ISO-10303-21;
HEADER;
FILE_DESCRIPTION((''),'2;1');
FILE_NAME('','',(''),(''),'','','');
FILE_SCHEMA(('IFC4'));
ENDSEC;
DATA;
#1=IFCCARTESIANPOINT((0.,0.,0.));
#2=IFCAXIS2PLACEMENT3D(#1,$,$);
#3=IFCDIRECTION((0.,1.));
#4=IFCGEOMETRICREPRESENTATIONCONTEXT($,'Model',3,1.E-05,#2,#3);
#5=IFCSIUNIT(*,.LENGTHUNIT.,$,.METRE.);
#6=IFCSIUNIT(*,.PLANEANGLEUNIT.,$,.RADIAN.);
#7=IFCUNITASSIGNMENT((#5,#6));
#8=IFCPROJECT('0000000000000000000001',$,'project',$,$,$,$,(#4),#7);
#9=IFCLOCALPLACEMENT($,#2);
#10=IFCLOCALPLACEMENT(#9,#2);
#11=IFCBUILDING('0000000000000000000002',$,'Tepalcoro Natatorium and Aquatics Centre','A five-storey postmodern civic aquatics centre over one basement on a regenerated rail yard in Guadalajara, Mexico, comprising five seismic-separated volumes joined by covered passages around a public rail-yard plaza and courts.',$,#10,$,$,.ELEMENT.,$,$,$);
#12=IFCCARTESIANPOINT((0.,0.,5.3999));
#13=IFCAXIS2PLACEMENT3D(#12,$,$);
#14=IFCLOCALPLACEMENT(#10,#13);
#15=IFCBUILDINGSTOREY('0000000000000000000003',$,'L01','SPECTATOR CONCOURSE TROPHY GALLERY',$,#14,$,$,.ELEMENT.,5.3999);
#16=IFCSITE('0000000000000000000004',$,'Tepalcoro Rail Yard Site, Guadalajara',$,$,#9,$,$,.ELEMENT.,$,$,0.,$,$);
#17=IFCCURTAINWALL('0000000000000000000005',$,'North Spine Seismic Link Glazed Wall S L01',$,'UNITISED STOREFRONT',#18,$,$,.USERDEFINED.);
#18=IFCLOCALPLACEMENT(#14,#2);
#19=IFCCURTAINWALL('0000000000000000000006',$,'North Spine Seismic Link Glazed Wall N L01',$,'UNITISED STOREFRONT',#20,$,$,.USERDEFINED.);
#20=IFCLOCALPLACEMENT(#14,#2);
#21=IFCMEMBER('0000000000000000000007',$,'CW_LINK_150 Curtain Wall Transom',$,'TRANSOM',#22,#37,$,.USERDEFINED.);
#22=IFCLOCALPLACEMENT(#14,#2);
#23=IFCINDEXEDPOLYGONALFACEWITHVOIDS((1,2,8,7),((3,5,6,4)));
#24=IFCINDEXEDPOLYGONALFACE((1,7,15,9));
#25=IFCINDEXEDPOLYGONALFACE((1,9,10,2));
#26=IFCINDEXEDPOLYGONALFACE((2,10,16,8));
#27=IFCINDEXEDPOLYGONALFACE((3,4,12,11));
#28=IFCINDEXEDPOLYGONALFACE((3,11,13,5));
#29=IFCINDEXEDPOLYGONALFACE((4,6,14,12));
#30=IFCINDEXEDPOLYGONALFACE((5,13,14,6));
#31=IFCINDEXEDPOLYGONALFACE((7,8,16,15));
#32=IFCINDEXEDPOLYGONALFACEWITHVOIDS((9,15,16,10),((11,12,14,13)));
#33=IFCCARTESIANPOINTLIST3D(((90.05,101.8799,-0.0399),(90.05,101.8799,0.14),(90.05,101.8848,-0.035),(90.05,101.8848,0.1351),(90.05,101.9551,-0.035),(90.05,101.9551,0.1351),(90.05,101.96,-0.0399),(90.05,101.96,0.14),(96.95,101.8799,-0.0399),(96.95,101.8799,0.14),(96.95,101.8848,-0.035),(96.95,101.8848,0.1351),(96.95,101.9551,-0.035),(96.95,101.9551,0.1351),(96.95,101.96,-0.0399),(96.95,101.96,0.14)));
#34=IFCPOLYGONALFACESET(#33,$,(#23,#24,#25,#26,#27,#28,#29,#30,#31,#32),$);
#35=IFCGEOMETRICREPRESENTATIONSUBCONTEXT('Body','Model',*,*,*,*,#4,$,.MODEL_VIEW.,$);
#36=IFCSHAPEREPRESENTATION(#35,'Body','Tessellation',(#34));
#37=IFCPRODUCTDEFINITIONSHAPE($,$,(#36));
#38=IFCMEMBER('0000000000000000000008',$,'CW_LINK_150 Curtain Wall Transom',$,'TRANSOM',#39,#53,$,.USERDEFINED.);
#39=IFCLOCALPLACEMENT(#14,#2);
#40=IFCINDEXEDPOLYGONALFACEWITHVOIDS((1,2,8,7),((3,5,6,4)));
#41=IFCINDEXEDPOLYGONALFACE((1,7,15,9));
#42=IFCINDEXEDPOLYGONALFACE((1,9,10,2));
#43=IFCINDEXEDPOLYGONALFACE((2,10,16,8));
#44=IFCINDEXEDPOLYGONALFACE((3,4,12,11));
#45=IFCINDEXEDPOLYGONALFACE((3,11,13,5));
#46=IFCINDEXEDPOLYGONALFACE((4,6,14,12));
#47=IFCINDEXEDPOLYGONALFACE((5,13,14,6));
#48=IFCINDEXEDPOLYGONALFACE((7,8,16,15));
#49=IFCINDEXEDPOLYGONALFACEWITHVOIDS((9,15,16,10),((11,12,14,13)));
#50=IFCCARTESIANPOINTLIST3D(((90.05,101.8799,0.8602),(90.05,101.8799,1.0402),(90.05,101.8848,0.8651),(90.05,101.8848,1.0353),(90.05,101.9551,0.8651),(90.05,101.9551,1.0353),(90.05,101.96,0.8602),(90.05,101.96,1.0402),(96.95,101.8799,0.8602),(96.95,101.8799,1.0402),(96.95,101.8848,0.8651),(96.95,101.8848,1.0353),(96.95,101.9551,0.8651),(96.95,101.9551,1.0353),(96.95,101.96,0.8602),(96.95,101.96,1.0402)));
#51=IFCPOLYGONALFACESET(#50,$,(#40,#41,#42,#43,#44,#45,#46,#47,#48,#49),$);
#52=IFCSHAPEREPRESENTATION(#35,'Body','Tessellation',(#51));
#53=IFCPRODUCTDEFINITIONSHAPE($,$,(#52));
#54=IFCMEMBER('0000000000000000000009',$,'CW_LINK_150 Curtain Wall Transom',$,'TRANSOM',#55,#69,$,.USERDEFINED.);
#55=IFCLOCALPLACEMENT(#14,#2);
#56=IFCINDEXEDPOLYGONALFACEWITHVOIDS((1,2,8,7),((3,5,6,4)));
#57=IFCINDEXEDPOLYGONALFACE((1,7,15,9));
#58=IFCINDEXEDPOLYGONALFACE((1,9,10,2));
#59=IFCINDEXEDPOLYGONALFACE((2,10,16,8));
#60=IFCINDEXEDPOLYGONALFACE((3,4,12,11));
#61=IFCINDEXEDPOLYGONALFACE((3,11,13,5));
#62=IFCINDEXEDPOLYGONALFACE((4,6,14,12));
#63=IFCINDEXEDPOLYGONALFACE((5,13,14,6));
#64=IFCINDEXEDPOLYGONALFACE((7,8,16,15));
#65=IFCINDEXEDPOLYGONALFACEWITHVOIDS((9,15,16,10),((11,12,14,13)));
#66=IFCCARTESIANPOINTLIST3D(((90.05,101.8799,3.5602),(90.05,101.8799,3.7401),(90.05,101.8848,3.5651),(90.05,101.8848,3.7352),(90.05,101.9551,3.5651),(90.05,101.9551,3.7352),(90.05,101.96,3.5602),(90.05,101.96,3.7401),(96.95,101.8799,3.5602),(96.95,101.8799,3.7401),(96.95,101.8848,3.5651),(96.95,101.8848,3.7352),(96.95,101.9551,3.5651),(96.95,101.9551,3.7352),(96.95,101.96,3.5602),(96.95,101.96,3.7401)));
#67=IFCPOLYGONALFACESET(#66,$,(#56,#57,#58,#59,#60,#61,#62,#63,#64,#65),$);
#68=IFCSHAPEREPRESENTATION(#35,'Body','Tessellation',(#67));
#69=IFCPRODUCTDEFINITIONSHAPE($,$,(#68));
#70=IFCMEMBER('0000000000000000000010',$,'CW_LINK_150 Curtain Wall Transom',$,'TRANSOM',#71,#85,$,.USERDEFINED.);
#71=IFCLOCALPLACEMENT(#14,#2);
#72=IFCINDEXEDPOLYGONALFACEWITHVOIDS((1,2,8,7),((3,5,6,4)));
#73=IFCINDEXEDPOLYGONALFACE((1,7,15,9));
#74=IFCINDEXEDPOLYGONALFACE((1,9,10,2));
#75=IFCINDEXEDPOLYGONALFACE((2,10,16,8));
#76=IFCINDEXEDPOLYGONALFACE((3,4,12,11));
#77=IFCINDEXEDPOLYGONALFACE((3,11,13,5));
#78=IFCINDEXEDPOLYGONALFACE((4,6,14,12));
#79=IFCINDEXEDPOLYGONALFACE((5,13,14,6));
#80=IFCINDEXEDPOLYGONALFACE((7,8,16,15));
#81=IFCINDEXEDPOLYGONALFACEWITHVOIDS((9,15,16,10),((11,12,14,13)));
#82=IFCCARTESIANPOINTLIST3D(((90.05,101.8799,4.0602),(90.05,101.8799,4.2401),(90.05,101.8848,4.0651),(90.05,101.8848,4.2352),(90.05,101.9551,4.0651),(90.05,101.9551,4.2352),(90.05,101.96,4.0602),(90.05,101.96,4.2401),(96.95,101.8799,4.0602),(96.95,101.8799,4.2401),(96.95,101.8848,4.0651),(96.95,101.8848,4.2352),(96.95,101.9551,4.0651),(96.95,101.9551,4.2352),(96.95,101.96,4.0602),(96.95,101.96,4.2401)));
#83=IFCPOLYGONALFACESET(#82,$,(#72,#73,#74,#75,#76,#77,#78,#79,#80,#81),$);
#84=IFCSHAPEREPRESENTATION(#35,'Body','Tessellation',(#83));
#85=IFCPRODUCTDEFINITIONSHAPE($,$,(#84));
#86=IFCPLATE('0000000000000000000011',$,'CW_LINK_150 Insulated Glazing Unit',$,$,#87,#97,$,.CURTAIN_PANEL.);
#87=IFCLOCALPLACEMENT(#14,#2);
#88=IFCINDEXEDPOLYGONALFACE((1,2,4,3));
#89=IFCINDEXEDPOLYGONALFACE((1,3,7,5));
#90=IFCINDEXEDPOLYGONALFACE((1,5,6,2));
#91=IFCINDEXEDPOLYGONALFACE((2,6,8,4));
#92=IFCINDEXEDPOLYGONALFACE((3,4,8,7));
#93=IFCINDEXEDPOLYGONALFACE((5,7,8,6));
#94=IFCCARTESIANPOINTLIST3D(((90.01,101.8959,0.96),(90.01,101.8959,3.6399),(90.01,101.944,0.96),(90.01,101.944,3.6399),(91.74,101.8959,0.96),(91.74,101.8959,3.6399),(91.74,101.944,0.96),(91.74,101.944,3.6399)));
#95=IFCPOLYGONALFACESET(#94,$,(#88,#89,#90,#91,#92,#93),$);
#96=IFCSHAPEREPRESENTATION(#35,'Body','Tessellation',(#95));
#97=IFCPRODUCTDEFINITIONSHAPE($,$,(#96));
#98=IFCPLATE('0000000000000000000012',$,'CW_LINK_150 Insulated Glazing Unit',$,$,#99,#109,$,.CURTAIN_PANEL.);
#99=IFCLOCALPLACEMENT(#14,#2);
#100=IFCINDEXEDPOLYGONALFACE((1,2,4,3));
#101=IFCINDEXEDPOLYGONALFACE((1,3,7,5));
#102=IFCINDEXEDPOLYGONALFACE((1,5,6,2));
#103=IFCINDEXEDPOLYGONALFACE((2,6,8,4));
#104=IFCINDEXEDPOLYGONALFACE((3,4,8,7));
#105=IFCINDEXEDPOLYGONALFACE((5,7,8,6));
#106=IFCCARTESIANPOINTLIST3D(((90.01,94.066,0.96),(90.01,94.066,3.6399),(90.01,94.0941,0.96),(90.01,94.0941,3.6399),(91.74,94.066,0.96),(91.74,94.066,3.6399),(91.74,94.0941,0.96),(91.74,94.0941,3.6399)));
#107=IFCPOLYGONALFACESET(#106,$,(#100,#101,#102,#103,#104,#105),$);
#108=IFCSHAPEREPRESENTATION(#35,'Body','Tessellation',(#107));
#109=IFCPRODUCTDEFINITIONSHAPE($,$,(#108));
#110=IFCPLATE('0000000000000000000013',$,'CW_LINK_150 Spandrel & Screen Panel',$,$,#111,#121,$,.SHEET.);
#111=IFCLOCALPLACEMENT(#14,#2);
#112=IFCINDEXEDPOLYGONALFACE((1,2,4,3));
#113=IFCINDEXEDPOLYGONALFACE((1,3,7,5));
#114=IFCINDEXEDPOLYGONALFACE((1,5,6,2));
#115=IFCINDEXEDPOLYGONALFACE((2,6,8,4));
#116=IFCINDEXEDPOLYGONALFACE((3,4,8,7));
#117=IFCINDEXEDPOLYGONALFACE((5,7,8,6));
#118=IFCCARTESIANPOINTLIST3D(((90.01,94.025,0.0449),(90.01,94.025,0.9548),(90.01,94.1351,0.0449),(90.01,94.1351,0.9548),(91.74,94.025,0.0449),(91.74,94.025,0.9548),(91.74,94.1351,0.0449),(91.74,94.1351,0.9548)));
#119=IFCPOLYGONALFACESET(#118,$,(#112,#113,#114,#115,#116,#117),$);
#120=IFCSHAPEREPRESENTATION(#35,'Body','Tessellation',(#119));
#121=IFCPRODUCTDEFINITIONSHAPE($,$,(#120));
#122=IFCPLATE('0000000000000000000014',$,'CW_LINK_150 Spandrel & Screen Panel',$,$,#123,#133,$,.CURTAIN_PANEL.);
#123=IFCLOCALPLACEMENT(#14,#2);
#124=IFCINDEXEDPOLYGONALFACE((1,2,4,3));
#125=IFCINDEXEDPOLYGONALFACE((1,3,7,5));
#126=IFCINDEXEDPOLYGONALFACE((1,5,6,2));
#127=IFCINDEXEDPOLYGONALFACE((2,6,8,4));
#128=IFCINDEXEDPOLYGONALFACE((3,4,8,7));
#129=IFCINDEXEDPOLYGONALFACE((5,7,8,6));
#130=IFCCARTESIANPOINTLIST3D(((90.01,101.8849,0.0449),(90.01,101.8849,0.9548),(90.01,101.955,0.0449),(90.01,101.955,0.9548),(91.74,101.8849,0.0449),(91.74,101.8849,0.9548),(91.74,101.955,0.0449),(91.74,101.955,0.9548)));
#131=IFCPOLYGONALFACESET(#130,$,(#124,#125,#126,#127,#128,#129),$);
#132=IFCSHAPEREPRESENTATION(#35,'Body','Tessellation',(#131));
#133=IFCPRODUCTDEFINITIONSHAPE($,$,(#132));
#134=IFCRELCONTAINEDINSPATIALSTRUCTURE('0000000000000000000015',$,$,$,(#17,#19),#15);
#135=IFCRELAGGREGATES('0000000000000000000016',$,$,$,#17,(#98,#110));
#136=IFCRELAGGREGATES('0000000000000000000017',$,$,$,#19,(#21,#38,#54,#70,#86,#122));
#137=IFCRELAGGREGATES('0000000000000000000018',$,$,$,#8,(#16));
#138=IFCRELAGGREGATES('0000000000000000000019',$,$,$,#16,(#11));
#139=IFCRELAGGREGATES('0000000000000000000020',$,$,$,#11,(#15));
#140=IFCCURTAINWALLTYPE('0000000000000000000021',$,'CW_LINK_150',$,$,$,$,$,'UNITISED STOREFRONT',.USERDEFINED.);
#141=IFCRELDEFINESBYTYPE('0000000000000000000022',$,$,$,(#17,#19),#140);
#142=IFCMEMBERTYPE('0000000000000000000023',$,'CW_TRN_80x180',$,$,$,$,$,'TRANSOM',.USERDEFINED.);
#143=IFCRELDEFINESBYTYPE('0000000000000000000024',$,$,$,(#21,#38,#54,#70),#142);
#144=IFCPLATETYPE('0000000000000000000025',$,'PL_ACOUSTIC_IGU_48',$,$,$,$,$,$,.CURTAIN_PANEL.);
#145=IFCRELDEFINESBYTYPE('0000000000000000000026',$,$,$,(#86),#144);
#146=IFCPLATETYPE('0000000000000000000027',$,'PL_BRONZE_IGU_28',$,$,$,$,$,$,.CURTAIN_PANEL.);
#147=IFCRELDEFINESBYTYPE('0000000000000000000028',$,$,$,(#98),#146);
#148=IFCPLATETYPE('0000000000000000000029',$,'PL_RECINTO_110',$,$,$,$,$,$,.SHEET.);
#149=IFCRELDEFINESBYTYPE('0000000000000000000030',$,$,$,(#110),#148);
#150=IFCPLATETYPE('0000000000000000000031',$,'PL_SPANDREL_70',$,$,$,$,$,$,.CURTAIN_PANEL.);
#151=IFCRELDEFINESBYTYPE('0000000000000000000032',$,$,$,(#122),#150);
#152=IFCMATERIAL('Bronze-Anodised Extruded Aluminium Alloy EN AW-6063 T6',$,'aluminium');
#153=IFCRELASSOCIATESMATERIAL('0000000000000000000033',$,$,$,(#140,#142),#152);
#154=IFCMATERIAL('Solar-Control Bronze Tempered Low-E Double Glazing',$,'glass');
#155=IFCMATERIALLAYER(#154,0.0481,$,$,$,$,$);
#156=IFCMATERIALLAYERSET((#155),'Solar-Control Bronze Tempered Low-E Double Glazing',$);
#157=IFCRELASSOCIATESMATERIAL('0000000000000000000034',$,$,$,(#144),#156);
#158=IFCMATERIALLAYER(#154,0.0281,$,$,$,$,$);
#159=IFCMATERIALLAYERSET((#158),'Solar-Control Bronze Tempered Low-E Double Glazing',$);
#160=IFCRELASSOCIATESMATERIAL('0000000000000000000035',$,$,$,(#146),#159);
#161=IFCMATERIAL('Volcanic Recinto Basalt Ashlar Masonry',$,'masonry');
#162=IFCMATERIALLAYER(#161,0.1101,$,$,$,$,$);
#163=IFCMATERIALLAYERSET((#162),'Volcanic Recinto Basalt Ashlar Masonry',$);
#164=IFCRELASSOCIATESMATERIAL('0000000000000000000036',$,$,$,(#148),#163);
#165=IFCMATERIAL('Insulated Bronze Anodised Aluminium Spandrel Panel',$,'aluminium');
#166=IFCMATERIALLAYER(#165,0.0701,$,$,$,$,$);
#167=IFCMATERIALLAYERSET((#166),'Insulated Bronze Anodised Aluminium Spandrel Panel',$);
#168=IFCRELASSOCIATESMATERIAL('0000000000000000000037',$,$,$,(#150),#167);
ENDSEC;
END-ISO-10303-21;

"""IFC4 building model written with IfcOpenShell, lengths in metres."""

from ifc_helpers import new_model, si_unit, direction, frame, origin, origin_2d, place, context, subcontext, project, spatial, rectangle, hollow_rectangle, extrude, material, layer, layer_set, material_profile, profile_set, type_object, element, aggregate, save


model = new_model("IFC4")

# Units and contexts
model_context = context("Model", 3, precision=1e-05, world=origin(), true_north=direction((0.0, 1.0)))
body_context = subcontext(model_context, "Body", "Model", "MODEL_VIEW")
ifc_project = project(units=[si_unit("LENGTHUNIT", "METRE"), si_unit("PLANEANGLEUNIT", "RADIAN")], contexts=[model_context])

# Site, building, storey
site_placement = place(None, origin())
site = spatial("IfcSite", under=ifc_project, at=site_placement, Name="Tepalcoro Rail Yard Site, Guadalajara", CompositionType="ELEMENT", RefElevation=0.0)
building_placement = place(site_placement, origin())
building = spatial("IfcBuilding", under=site, at=building_placement, Name="Tepalcoro Natatorium and Aquatics Centre", Description="A five-storey postmodern civic aquatics centre over one basement on a regenerated rail yard in Guadalajara, Mexico, comprising five seismic-separated volumes joined by covered passages around a public rail-yard plaza and courts.", CompositionType="ELEMENT")
storey_placement = place(building_placement, frame((0.0, 0.0, 5.3999)))
storey = spatial("IfcBuildingStorey", under=building, at=storey_placement, Name="L01", Description="SPECTATOR CONCOURSE TROPHY GALLERY", CompositionType="ELEMENT", Elevation=5.3999)

# Curtain walls
ifc_material_1 = material(Name="Bronze-Anodised Extruded Aluminium Alloy EN AW-6063 T6", Category="aluminium")
curtain_wall_type = type_object("IfcCurtainWallType", Name="CW_LINK_150", ElementType="UNITISED STOREFRONT", PredefinedType="USERDEFINED", material=ifc_material_1)
curtain_wall_1_placement = place(storey_placement, origin())
curtain_wall_1 = element("IfcCurtainWall", 1, at=curtain_wall_1_placement, inside=storey, type_object=curtain_wall_type, Name="North Spine Seismic Link Glazed Wall S L01", ObjectType="UNITISED STOREFRONT", PredefinedType="USERDEFINED")
curtain_wall_2_placement = place(storey_placement, origin())
curtain_wall_2 = element("IfcCurtainWall", 2, at=curtain_wall_2_placement, inside=storey, type_object=curtain_wall_type, Name="North Spine Seismic Link Glazed Wall N L01", ObjectType="UNITISED STOREFRONT", PredefinedType="USERDEFINED")

# Members
ifc_material_profile_1 = material_profile(ifc_material_1, hollow_rectangle(XDim=0.0801, YDim=0.1799, WallThickness=0.0049, at=origin_2d()), Name="AL80X180X5")
ifc_profile_set_1 = profile_set([ifc_material_profile_1], Name="Bronze-Anodised Extruded Aluminium Alloy EN AW-6063 T6")
member_type_1 = type_object("IfcMemberType", Name="CW_TRN_80x180", ElementType="TRANSOM", PredefinedType="USERDEFINED", material=ifc_profile_set_1)
member_1_placement = place(storey_placement, frame((90.05, 101.9199, 0.05), z_axis=(1.0, 0.0, 0.0), x_axis=(0.0, 1.0, 0.0)))
member_1 = element("IfcMember", 3, at=member_1_placement, type_object=member_type_1, Name="CW_LINK_150 Curtain Wall Transom", ObjectType="TRANSOM", PredefinedType="USERDEFINED", context=body_context, shape_type="SweptSolid", body=[
    extrude(hollow_rectangle(XDim=0.0801, YDim=0.1799, WallThickness=0.0049, at=origin_2d()), origin(), (0.0, 0.0, 1.0), 6.8999),
])
member_2_placement = place(storey_placement, frame((90.05, 101.9199, 0.9502), z_axis=(1.0, 0.0, 0.0), x_axis=(0.0, 1.0, 0.0)))
member_2 = element("IfcMember", 4, at=member_2_placement, type_object=member_type_1, Name="CW_LINK_150 Curtain Wall Transom", ObjectType="TRANSOM", PredefinedType="USERDEFINED", context=body_context, shape_type="SweptSolid", body=[
    extrude(hollow_rectangle(XDim=0.0801, YDim=0.1799, WallThickness=0.0049, at=origin_2d()), origin(), (0.0, 0.0, 1.0), 6.8999),
])
member_3_placement = place(storey_placement, frame((90.05, 101.9199, 3.6501), z_axis=(1.0, 0.0, 0.0), x_axis=(0.0, 1.0, 0.0)))
member_3 = element("IfcMember", 5, at=member_3_placement, type_object=member_type_1, Name="CW_LINK_150 Curtain Wall Transom", ObjectType="TRANSOM", PredefinedType="USERDEFINED", context=body_context, shape_type="SweptSolid", body=[
    extrude(hollow_rectangle(XDim=0.0801, YDim=0.1799, WallThickness=0.0049, at=origin_2d()), origin(), (0.0, 0.0, 1.0), 6.8999),
])
member_4_placement = place(storey_placement, frame((90.05, 101.9199, 4.1501), z_axis=(1.0, 0.0, 0.0), x_axis=(0.0, 1.0, 0.0)))
member_4 = element("IfcMember", 6, at=member_4_placement, type_object=member_type_1, Name="CW_LINK_150 Curtain Wall Transom", ObjectType="TRANSOM", PredefinedType="USERDEFINED", context=body_context, shape_type="SweptSolid", body=[
    extrude(hollow_rectangle(XDim=0.0801, YDim=0.1799, WallThickness=0.0049, at=origin_2d()), origin(), (0.0, 0.0, 1.0), 6.8999),
])

# Plates
ifc_material_2 = material(Name="Solar-Control Bronze Tempered Low-E Double Glazing", Category="glass")
ifc_layer_1 = layer(ifc_material_2, 0.0481)
ifc_layer_set_1 = layer_set([ifc_layer_1], Name="Solar-Control Bronze Tempered Low-E Double Glazing")
plate_type_1 = type_object("IfcPlateType", Name="PL_ACOUSTIC_IGU_48", PredefinedType="CURTAIN_PANEL", material=ifc_layer_set_1)
plate_1_placement = place(storey_placement, frame((90.875, 101.9199, 0.96), z_axis=(0.0, 0.0, 1.0), x_axis=(1.0, 0.0, 0.0)))
plate_1 = element("IfcPlate", 7, at=plate_1_placement, type_object=plate_type_1, Name="CW_LINK_150 Insulated Glazing Unit", PredefinedType="CURTAIN_PANEL", context=body_context, shape_type="SweptSolid", body=[
    extrude(rectangle(XDim=1.73, YDim=0.0481, at=origin_2d()), origin(), (0.0, 0.0, 1.0), 2.6799),
])
ifc_layer_2 = layer(ifc_material_2, 0.0281)
ifc_layer_set_2 = layer_set([ifc_layer_2], Name="Solar-Control Bronze Tempered Low-E Double Glazing")
plate_type_2 = type_object("IfcPlateType", Name="PL_BRONZE_IGU_28", PredefinedType="CURTAIN_PANEL", material=ifc_layer_set_2)
plate_2_placement = place(storey_placement, frame((90.875, 94.0801, 0.96), z_axis=(0.0, 0.0, 1.0), x_axis=(1.0, 0.0, 0.0)))
plate_2 = element("IfcPlate", 8, at=plate_2_placement, type_object=plate_type_2, Name="CW_LINK_150 Insulated Glazing Unit", PredefinedType="CURTAIN_PANEL", context=body_context, shape_type="SweptSolid", body=[
    extrude(rectangle(XDim=1.73, YDim=0.0281, at=origin_2d()), origin(), (0.0, 0.0, 1.0), 2.6799),
])
ifc_material_3 = material(Name="Volcanic Recinto Basalt Ashlar Masonry", Category="masonry")
ifc_layer_3 = layer(ifc_material_3, 0.1101)
ifc_layer_set_3 = layer_set([ifc_layer_3], Name="Volcanic Recinto Basalt Ashlar Masonry")
plate_type_3 = type_object("IfcPlateType", Name="PL_RECINTO_110", PredefinedType="SHEET", material=ifc_layer_set_3)
plate_3_placement = place(storey_placement, frame((90.875, 94.0801, 0.0449), z_axis=(0.0, 0.0, 1.0), x_axis=(1.0, 0.0, 0.0)))
plate_3 = element("IfcPlate", 9, at=plate_3_placement, type_object=plate_type_3, Name="CW_LINK_150 Spandrel & Screen Panel", PredefinedType="SHEET", context=body_context, shape_type="SweptSolid", body=[
    extrude(rectangle(XDim=1.73, YDim=0.1101, at=origin_2d()), origin(), (0.0, 0.0, 1.0), 0.9099),
])
aggregate(curtain_wall_1, [plate_2, plate_3])
ifc_material_4 = material(Name="Insulated Bronze Anodised Aluminium Spandrel Panel", Category="aluminium")
ifc_layer_4 = layer(ifc_material_4, 0.0701)
ifc_layer_set_4 = layer_set([ifc_layer_4], Name="Insulated Bronze Anodised Aluminium Spandrel Panel")
plate_type_4 = type_object("IfcPlateType", Name="PL_SPANDREL_70", PredefinedType="CURTAIN_PANEL", material=ifc_layer_set_4)
plate_4_placement = place(storey_placement, frame((90.875, 101.9199, 0.0449), z_axis=(0.0, 0.0, 1.0), x_axis=(1.0, 0.0, 0.0)))
plate_4 = element("IfcPlate", 10, at=plate_4_placement, type_object=plate_type_4, Name="CW_LINK_150 Spandrel & Screen Panel", PredefinedType="CURTAIN_PANEL", context=body_context, shape_type="SweptSolid", body=[
    extrude(rectangle(XDim=1.73, YDim=0.0701, at=origin_2d()), origin(), (0.0, 0.0, 1.0), 0.9099),
])
aggregate(curtain_wall_2, [member_1, member_2, member_3, member_4, plate_1, plate_4])

save(model, "model.ifc")
